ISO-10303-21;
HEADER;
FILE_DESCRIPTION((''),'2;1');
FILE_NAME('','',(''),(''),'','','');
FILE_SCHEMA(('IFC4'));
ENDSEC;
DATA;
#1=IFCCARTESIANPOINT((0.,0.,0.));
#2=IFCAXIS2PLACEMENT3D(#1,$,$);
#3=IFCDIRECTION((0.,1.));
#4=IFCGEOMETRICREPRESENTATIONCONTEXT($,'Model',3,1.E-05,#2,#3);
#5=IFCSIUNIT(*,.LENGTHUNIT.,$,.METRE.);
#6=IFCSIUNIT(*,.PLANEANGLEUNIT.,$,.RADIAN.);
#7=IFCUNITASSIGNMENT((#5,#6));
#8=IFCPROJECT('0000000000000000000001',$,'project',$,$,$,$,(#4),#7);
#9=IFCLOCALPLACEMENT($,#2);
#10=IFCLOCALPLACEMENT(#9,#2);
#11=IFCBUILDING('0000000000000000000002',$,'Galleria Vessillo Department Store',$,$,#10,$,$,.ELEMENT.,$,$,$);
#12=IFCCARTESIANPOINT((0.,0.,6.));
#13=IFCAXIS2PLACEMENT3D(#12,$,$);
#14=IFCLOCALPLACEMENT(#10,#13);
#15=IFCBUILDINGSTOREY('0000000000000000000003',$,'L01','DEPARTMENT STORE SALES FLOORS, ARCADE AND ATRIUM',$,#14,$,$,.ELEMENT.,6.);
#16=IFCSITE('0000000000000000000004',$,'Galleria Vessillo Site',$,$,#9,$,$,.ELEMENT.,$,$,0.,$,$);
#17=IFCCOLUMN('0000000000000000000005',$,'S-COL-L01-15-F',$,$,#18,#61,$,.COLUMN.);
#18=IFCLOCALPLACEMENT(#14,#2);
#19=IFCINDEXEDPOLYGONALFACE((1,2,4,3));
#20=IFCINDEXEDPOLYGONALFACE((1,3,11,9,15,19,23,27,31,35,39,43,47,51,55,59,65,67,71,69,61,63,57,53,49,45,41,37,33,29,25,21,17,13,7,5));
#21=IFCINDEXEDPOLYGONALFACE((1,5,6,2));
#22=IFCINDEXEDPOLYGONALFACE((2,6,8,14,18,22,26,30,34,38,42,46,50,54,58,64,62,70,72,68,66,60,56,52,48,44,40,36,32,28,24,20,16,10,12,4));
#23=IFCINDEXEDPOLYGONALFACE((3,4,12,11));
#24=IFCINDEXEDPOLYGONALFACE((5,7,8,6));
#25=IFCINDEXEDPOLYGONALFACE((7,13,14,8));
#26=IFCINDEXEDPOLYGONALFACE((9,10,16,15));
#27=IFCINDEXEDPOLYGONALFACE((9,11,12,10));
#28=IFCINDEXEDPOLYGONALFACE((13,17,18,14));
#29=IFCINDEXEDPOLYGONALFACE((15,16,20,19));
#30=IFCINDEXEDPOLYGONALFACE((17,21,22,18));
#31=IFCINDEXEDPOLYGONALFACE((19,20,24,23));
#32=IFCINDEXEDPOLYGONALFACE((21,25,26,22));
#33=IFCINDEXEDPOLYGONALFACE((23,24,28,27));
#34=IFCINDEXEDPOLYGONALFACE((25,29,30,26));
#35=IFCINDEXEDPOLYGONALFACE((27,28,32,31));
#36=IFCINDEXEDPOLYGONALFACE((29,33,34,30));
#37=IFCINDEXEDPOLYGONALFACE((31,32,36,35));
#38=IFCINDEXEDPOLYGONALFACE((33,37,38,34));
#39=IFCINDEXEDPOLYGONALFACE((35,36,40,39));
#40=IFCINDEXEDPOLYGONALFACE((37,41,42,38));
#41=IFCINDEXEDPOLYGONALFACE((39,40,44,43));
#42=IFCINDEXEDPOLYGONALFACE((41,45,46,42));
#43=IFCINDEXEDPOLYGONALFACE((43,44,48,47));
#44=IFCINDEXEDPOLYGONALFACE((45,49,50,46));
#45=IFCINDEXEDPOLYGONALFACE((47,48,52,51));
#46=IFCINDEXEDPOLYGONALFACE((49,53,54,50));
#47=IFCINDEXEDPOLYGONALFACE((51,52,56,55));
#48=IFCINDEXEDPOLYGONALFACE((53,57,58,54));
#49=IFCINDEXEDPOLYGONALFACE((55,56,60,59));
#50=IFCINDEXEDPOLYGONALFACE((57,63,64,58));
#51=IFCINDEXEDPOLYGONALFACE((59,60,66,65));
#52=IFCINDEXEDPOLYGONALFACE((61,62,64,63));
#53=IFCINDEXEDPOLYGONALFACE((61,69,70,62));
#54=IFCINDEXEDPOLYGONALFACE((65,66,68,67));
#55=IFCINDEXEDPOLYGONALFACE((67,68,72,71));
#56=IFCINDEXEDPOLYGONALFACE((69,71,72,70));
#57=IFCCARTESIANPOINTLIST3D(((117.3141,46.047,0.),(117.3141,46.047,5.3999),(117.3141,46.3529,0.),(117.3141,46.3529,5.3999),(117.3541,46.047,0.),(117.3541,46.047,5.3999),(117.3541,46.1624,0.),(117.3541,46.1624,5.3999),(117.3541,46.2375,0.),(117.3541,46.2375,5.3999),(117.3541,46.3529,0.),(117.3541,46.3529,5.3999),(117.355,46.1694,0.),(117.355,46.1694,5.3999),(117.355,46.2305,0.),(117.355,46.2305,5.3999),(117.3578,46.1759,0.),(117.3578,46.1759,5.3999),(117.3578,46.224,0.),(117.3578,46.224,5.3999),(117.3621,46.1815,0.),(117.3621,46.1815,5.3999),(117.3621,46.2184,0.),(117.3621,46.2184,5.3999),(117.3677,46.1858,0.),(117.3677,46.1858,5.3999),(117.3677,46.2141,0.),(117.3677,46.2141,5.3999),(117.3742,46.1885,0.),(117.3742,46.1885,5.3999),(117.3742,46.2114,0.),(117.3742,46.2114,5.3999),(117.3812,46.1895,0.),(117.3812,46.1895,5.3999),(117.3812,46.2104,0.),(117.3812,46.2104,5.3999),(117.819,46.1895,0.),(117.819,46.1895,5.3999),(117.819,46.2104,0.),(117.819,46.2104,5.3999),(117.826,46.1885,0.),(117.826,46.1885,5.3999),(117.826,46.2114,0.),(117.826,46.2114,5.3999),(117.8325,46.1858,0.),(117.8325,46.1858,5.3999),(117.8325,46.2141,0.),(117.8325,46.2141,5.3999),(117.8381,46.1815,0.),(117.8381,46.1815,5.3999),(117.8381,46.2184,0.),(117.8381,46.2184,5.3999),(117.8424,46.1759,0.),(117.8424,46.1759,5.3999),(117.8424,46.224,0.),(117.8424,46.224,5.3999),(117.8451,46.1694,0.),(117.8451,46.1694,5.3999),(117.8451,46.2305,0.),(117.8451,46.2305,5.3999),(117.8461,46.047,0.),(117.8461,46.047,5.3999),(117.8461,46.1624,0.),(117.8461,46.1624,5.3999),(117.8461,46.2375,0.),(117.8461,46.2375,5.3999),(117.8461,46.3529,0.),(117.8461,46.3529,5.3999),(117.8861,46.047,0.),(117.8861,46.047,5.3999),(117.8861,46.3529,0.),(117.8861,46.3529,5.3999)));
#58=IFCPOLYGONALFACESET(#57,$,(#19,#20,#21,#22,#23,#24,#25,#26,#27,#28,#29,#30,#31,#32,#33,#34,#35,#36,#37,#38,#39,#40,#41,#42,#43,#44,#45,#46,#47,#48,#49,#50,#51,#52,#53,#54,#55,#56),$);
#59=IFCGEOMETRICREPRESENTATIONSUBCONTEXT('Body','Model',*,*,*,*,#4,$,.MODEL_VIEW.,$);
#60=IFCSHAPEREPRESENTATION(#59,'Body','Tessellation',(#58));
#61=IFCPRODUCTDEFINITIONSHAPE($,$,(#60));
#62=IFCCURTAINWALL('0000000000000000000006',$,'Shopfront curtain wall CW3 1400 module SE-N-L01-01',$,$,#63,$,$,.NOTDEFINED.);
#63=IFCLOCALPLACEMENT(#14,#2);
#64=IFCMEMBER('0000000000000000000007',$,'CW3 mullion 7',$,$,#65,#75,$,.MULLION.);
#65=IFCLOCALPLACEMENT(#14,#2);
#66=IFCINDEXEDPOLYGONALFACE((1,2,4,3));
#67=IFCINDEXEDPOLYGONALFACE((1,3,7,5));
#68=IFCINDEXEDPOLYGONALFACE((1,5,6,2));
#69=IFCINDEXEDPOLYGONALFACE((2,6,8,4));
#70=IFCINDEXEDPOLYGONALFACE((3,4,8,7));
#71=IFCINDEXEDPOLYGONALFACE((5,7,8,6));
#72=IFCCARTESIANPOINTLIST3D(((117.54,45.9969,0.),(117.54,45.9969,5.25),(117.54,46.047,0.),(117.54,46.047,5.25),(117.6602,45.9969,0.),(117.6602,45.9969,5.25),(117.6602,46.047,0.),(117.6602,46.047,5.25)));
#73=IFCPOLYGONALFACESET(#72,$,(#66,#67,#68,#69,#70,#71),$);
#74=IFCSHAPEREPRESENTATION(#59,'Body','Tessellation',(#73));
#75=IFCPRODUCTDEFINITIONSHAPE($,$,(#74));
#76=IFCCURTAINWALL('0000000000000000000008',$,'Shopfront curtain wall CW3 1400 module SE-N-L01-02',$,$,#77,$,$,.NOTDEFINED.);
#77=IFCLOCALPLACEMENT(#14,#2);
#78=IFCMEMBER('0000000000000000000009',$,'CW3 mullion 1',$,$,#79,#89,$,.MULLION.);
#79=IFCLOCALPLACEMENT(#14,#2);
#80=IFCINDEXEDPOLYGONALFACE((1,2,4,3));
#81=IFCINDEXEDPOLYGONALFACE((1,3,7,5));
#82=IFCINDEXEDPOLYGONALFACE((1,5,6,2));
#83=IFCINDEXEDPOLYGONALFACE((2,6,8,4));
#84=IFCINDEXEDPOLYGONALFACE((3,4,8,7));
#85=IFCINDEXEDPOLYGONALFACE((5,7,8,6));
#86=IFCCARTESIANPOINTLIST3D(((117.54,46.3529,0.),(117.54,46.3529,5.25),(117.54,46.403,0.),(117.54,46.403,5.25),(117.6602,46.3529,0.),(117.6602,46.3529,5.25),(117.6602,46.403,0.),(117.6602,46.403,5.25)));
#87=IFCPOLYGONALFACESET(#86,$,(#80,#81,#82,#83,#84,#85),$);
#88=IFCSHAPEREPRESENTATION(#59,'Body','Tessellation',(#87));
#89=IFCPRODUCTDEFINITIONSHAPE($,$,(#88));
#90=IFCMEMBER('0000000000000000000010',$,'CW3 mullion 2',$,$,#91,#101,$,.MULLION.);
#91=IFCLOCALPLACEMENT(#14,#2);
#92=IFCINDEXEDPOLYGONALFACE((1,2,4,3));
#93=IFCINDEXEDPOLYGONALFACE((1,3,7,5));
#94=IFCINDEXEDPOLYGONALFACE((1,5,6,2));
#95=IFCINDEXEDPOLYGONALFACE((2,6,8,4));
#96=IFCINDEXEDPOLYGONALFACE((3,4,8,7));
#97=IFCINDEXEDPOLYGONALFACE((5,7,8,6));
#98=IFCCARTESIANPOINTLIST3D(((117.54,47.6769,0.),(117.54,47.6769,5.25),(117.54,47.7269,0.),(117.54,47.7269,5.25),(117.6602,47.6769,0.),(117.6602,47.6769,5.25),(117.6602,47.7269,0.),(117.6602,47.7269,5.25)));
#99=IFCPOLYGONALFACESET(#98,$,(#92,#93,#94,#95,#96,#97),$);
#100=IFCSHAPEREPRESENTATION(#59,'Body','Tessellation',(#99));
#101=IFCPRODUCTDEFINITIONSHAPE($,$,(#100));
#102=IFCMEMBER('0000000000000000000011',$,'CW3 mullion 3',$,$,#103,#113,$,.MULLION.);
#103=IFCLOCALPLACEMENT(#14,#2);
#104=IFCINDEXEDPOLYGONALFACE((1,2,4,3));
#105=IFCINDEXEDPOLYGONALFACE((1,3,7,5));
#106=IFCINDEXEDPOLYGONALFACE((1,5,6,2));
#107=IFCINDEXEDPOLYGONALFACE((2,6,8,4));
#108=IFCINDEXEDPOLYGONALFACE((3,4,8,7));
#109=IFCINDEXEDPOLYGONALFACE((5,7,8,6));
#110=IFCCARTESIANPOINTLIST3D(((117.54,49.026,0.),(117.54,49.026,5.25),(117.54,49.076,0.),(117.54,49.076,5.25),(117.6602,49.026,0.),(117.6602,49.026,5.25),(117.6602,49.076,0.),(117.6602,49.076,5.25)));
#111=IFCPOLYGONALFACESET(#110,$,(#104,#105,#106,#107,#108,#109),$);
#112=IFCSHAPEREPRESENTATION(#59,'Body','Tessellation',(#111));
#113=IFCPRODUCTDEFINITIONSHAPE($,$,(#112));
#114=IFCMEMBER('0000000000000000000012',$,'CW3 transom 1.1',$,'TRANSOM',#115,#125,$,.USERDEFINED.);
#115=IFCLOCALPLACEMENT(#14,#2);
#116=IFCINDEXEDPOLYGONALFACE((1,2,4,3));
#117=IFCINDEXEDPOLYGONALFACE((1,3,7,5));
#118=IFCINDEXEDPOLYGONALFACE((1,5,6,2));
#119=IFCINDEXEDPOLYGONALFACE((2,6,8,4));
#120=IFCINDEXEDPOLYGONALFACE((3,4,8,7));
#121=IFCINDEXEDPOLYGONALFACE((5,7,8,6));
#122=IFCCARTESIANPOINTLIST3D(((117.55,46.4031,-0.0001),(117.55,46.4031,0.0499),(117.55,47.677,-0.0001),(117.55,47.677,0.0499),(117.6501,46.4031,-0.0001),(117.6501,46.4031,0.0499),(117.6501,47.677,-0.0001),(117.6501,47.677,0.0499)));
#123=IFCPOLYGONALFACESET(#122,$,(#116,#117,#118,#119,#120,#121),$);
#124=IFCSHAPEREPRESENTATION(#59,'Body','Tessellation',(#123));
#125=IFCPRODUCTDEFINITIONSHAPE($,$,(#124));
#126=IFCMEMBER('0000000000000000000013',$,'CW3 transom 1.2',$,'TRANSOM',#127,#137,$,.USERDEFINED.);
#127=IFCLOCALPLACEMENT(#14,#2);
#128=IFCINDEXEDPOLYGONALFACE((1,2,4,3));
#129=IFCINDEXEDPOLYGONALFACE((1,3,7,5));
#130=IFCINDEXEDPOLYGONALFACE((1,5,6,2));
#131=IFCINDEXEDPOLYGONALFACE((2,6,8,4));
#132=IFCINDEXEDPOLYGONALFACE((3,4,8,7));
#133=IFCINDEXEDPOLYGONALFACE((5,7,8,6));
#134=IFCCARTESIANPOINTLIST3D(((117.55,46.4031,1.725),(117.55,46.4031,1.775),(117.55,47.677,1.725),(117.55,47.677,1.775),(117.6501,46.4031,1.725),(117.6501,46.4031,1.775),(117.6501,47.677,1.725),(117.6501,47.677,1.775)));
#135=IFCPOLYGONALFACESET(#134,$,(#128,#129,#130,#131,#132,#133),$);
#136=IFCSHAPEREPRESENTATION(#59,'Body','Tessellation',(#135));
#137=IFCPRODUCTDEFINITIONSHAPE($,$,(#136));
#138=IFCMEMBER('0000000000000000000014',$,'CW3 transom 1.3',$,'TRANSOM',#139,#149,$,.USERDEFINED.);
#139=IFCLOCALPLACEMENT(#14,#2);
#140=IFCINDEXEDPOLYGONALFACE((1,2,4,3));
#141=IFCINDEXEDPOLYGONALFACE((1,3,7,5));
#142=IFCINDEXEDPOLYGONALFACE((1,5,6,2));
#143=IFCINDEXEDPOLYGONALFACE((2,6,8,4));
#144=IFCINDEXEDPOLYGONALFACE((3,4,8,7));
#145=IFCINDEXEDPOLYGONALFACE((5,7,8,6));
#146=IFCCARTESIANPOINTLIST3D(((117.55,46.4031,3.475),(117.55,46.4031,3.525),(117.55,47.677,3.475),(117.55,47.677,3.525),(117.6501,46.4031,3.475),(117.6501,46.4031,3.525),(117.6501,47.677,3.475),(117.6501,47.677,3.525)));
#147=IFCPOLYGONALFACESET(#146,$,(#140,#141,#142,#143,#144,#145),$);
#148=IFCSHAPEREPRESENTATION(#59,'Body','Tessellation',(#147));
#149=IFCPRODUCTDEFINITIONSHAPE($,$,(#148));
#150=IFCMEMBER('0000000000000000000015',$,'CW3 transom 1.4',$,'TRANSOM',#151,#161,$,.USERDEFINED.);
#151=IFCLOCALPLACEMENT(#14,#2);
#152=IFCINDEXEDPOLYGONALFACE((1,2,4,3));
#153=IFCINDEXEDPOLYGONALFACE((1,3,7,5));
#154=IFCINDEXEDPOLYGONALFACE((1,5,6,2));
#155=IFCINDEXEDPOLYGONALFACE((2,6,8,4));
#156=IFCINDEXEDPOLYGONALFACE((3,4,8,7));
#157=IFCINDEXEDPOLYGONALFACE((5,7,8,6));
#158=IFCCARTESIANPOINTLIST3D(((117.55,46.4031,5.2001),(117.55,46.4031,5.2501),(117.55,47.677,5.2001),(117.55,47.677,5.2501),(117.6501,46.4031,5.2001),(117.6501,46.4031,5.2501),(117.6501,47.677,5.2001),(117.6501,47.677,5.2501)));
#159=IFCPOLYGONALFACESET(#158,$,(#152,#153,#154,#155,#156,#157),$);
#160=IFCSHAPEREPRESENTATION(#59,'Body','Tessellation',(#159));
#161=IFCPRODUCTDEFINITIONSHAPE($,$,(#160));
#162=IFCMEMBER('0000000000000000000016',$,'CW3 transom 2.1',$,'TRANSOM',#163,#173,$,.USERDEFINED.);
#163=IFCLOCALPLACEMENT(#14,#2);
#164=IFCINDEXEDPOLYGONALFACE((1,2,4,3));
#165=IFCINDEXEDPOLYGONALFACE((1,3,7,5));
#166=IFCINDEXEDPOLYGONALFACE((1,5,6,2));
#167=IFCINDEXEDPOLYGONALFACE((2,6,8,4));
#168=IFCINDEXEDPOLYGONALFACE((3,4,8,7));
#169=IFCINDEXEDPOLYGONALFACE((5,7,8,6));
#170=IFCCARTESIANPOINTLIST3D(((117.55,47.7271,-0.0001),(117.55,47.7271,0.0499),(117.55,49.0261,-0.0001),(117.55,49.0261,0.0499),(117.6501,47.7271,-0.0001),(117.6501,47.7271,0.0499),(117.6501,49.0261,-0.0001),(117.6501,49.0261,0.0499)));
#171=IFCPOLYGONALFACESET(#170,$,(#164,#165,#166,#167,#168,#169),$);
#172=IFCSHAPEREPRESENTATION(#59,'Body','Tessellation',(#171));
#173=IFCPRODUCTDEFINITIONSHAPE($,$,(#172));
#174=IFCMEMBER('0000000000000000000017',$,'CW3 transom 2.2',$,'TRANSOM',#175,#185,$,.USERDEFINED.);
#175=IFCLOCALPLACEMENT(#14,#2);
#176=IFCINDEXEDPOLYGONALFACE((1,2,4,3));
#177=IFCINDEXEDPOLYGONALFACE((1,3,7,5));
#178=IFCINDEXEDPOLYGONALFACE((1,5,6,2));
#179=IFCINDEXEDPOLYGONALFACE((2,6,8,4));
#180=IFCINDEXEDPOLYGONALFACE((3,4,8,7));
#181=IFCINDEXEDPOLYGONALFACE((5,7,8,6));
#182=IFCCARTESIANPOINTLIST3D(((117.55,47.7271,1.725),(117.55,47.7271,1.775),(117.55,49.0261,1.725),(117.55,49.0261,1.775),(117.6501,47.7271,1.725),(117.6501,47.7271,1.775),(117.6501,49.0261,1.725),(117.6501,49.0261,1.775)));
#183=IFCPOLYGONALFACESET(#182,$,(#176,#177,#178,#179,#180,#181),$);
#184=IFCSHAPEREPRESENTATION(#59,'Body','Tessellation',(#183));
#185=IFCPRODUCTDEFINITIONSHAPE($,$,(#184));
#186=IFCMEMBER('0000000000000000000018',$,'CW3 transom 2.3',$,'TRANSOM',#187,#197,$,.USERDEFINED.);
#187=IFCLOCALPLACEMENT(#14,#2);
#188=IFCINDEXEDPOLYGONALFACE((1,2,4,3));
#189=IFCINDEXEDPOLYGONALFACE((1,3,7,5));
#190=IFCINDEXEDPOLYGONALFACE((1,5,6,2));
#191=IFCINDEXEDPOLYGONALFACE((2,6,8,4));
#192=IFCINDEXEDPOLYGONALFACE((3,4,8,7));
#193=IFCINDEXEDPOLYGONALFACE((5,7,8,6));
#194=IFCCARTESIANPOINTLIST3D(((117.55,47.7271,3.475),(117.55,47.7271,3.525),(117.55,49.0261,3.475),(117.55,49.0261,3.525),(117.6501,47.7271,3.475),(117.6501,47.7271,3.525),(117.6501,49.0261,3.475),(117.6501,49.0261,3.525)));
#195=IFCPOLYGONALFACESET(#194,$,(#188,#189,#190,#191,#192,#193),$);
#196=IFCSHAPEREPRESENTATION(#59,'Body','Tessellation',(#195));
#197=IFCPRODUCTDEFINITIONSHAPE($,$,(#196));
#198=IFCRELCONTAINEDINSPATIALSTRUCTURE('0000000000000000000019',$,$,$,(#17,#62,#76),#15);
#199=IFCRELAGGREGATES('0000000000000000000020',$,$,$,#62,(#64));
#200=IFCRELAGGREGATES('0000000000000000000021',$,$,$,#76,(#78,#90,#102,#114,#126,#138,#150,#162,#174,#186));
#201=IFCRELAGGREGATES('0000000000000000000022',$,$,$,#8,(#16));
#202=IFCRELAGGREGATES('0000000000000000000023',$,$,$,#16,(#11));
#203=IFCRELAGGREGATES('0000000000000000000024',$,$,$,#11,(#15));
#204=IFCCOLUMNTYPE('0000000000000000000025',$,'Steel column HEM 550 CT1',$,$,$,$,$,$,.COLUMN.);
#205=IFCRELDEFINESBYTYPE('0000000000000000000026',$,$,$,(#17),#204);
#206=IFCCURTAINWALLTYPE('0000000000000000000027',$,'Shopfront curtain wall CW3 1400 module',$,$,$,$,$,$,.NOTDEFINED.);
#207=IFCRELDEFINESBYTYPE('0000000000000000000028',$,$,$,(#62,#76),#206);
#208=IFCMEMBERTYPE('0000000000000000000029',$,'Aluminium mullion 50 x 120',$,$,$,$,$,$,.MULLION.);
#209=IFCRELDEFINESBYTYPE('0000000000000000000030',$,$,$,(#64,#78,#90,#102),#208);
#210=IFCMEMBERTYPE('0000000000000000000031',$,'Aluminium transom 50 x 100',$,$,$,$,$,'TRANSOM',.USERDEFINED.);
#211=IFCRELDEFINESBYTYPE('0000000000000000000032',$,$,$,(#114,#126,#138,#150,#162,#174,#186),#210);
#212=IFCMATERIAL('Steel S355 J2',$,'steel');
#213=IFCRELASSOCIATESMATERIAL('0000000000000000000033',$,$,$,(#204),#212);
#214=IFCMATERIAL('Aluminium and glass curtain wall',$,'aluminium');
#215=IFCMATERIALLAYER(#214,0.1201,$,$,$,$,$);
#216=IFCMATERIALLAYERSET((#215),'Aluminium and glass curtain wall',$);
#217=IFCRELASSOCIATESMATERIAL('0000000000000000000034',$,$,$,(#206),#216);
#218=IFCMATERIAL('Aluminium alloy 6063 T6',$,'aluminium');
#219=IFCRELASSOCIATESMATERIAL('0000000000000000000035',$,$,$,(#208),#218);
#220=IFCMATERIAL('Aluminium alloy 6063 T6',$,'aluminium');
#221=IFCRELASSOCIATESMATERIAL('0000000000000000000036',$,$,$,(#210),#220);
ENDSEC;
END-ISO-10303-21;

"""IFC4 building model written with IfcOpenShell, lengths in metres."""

from ifc_helpers import new_model, si_unit, direction, frame, origin, origin_2d, place, context, subcontext, project, spatial, rectangle, i_section, extrude, material, layer, layer_set, material_profile, profile_set, type_object, element, aggregate, save


model = new_model("IFC4")

# Units and contexts
model_context = context("Model", 3, precision=1e-05, world=origin(), true_north=direction((0.0, 1.0)))
body_context = subcontext(model_context, "Body", "Model", "MODEL_VIEW")
ifc_project = project(units=[si_unit("LENGTHUNIT", "METRE"), si_unit("PLANEANGLEUNIT", "RADIAN")], contexts=[model_context])

# Site, building, storey
site_placement = place(None, origin())
site = spatial("IfcSite", under=ifc_project, at=site_placement, Name="Galleria Vessillo Site", CompositionType="ELEMENT", RefElevation=0.0)
building_placement = place(site_placement, origin())
building = spatial("IfcBuilding", under=site, at=building_placement, Name="Galleria Vessillo Department Store", CompositionType="ELEMENT")
storey_placement = place(building_placement, frame((0.0, 0.0, 6.0)))
storey = spatial("IfcBuildingStorey", under=building, at=storey_placement, Name="L01", Description="DEPARTMENT STORE SALES FLOORS, ARCADE AND ATRIUM", CompositionType="ELEMENT", Elevation=6.0)

# Column
ifc_material_1 = material(Name="Steel S355 J2", Category="steel")
ifc_material_profile_1 = material_profile(ifc_material_1, i_section(OverallWidth=0.3059, OverallDepth=0.572, WebThickness=0.021, FlangeThickness=0.04, FilletRadius=0.0271, at=origin_2d()), Name="HEM 550")
ifc_profile_set_1 = profile_set([ifc_material_profile_1], Name="Steel S355 J2")
column_type = type_object("IfcColumnType", Name="Steel column HEM 550 CT1", PredefinedType="COLUMN", material=ifc_profile_set_1)
column_placement = place(storey_placement, frame((117.6001, 46.2, 0.0), z_axis=(0.0, 0.0, 1.0), x_axis=(0.0, 1.0, 0.0)))
element("IfcColumn", 1, at=column_placement, inside=storey, type_object=column_type, Name="S-COL-L01-15-F", PredefinedType="COLUMN", context=body_context, shape_type="SweptSolid", body=[
    extrude(i_section(OverallWidth=0.3059, OverallDepth=0.572, WebThickness=0.021, FlangeThickness=0.04, FilletRadius=0.0271, at=origin_2d()), origin(), (0.0, 0.0, 1.0), 5.3999),
])

# Curtain wall, member
ifc_material_2 = material(Name="Aluminium and glass curtain wall", Category="aluminium")
ifc_layer_1 = layer(ifc_material_2, 0.1201)
ifc_layer_set_1 = layer_set([ifc_layer_1], Name="Aluminium and glass curtain wall")
curtain_wall_type = type_object("IfcCurtainWallType", Name="Shopfront curtain wall CW3 1400 module", PredefinedType="NOTDEFINED", material=ifc_layer_set_1)
curtain_wall_1_placement = place(storey_placement, origin())
curtain_wall_1 = element("IfcCurtainWall", 2, at=curtain_wall_1_placement, inside=storey, type_object=curtain_wall_type, Name="Shopfront curtain wall CW3 1400 module SE-N-L01-01", PredefinedType="NOTDEFINED")
ifc_material_3 = material(Name="Aluminium alloy 6063 T6", Category="aluminium")
ifc_material_profile_2 = material_profile(ifc_material_3, rectangle(XDim=0.1201, YDim=0.05, at=origin_2d()), Name="AL 50x120")
ifc_profile_set_2 = profile_set([ifc_material_profile_2], Name="Aluminium alloy 6063 T6")
member_type_1 = type_object("IfcMemberType", Name="Aluminium mullion 50 x 120", PredefinedType="MULLION", material=ifc_profile_set_2)
member_1_placement = place(storey_placement, frame((117.6001, 46.022, 0.0), z_axis=(0.0, 0.0, 1.0), x_axis=(-1.0, 0.0, 0.0)))
member_1 = element("IfcMember", 3, at=member_1_placement, type_object=member_type_1, Name="CW3 mullion 7", PredefinedType="MULLION", context=body_context, shape_type="SweptSolid", body=[
    extrude(rectangle(XDim=0.1201, YDim=0.05, at=origin_2d()), origin(), (0.0, 0.0, 1.0), 5.25),
])

# Curtain wall, members
curtain_wall_2_placement = place(storey_placement, origin())
curtain_wall_2 = element("IfcCurtainWall", 4, at=curtain_wall_2_placement, inside=storey, type_object=curtain_wall_type, Name="Shopfront curtain wall CW3 1400 module SE-N-L01-02", PredefinedType="NOTDEFINED")
member_2_placement = place(storey_placement, frame((117.6001, 46.3779, 0.0), z_axis=(0.0, 0.0, 1.0), x_axis=(-1.0, 0.0, 0.0)))
member_2 = element("IfcMember", 5, at=member_2_placement, type_object=member_type_1, Name="CW3 mullion 1", PredefinedType="MULLION", context=body_context, shape_type="SweptSolid", body=[
    extrude(rectangle(XDim=0.1201, YDim=0.05, at=origin_2d()), origin(), (0.0, 0.0, 1.0), 5.25),
])
member_3_placement = place(storey_placement, frame((117.6001, 47.7019, 0.0), z_axis=(0.0, 0.0, 1.0), x_axis=(-1.0, 0.0, 0.0)))
member_3 = element("IfcMember", 6, at=member_3_placement, type_object=member_type_1, Name="CW3 mullion 2", PredefinedType="MULLION", context=body_context, shape_type="SweptSolid", body=[
    extrude(rectangle(XDim=0.1201, YDim=0.05, at=origin_2d()), origin(), (0.0, 0.0, 1.0), 5.25),
])
member_4_placement = place(storey_placement, frame((117.6001, 49.051, 0.0), z_axis=(0.0, 0.0, 1.0), x_axis=(-1.0, 0.0, 0.0)))
member_4 = element("IfcMember", 7, at=member_4_placement, type_object=member_type_1, Name="CW3 mullion 3", PredefinedType="MULLION", context=body_context, shape_type="SweptSolid", body=[
    extrude(rectangle(XDim=0.1201, YDim=0.05, at=origin_2d()), origin(), (0.0, 0.0, 1.0), 5.25),
])
ifc_material_4 = material(Name="Aluminium alloy 6063 T6", Category="aluminium")
ifc_material_profile_3 = material_profile(ifc_material_4, rectangle(XDim=0.1001, YDim=0.05, at=origin_2d()), Name="AL 50x100")
ifc_profile_set_3 = profile_set([ifc_material_profile_3], Name="Aluminium alloy 6063 T6")
member_type_2 = type_object("IfcMemberType", Name="Aluminium transom 50 x 100", ElementType="TRANSOM", PredefinedType="USERDEFINED", material=ifc_profile_set_3)
member_5_placement = place(storey_placement, frame((117.6001, 46.4031, 0.0249), z_axis=(0.0, 1.0, 0.0), x_axis=(-1.0, 0.0, 0.0)))
member_5 = element("IfcMember", 8, at=member_5_placement, type_object=member_type_2, Name="CW3 transom 1.1", ObjectType="TRANSOM", PredefinedType="USERDEFINED", context=body_context, shape_type="SweptSolid", body=[
    extrude(rectangle(XDim=0.1001, YDim=0.05, at=origin_2d()), origin(), (0.0, 0.0, 1.0), 1.2739),
])
member_6_placement = place(storey_placement, frame((117.6001, 46.4031, 1.75), z_axis=(0.0, 1.0, 0.0), x_axis=(-1.0, 0.0, 0.0)))
member_6 = element("IfcMember", 9, at=member_6_placement, type_object=member_type_2, Name="CW3 transom 1.2", ObjectType="TRANSOM", PredefinedType="USERDEFINED", context=body_context, shape_type="SweptSolid", body=[
    extrude(rectangle(XDim=0.1001, YDim=0.05, at=origin_2d()), origin(), (0.0, 0.0, 1.0), 1.2739),
])
member_7_placement = place(storey_placement, frame((117.6001, 46.4031, 3.5), z_axis=(0.0, 1.0, 0.0), x_axis=(-1.0, 0.0, 0.0)))
member_7 = element("IfcMember", 10, at=member_7_placement, type_object=member_type_2, Name="CW3 transom 1.3", ObjectType="TRANSOM", PredefinedType="USERDEFINED", context=body_context, shape_type="SweptSolid", body=[
    extrude(rectangle(XDim=0.1001, YDim=0.05, at=origin_2d()), origin(), (0.0, 0.0, 1.0), 1.2739),
])
member_8_placement = place(storey_placement, frame((117.6001, 46.4031, 5.2251), z_axis=(0.0, 1.0, 0.0), x_axis=(-1.0, 0.0, 0.0)))
member_8 = element("IfcMember", 11, at=member_8_placement, type_object=member_type_2, Name="CW3 transom 1.4", ObjectType="TRANSOM", PredefinedType="USERDEFINED", context=body_context, shape_type="SweptSolid", body=[
    extrude(rectangle(XDim=0.1001, YDim=0.05, at=origin_2d()), origin(), (0.0, 0.0, 1.0), 1.2739),
])
member_9_placement = place(storey_placement, frame((117.6001, 47.7271, 0.0249), z_axis=(0.0, 1.0, 0.0), x_axis=(-1.0, 0.0, 0.0)))
member_9 = element("IfcMember", 12, at=member_9_placement, type_object=member_type_2, Name="CW3 transom 2.1", ObjectType="TRANSOM", PredefinedType="USERDEFINED", context=body_context, shape_type="SweptSolid", body=[
    extrude(rectangle(XDim=0.1001, YDim=0.05, at=origin_2d()), origin(), (0.0, 0.0, 1.0), 1.2991),
])
member_10_placement = place(storey_placement, frame((117.6001, 47.7271, 1.75), z_axis=(0.0, 1.0, 0.0), x_axis=(-1.0, 0.0, 0.0)))
member_10 = element("IfcMember", 13, at=member_10_placement, type_object=member_type_2, Name="CW3 transom 2.2", ObjectType="TRANSOM", PredefinedType="USERDEFINED", context=body_context, shape_type="SweptSolid", body=[
    extrude(rectangle(XDim=0.1001, YDim=0.05, at=origin_2d()), origin(), (0.0, 0.0, 1.0), 1.2991),
])
member_11_placement = place(storey_placement, frame((117.6001, 47.7271, 3.5), z_axis=(0.0, 1.0, 0.0), x_axis=(-1.0, 0.0, 0.0)))
member_11 = element("IfcMember", 14, at=member_11_placement, type_object=member_type_2, Name="CW3 transom 2.3", ObjectType="TRANSOM", PredefinedType="USERDEFINED", context=body_context, shape_type="SweptSolid", body=[
    extrude(rectangle(XDim=0.1001, YDim=0.05, at=origin_2d()), origin(), (0.0, 0.0, 1.0), 1.2991),
])

aggregate(curtain_wall_1, [member_1])
aggregate(curtain_wall_2, [member_2, member_3, member_4, member_5, member_6, member_7, member_8, member_9, member_10, member_11])

save(model, "model.ifc")
